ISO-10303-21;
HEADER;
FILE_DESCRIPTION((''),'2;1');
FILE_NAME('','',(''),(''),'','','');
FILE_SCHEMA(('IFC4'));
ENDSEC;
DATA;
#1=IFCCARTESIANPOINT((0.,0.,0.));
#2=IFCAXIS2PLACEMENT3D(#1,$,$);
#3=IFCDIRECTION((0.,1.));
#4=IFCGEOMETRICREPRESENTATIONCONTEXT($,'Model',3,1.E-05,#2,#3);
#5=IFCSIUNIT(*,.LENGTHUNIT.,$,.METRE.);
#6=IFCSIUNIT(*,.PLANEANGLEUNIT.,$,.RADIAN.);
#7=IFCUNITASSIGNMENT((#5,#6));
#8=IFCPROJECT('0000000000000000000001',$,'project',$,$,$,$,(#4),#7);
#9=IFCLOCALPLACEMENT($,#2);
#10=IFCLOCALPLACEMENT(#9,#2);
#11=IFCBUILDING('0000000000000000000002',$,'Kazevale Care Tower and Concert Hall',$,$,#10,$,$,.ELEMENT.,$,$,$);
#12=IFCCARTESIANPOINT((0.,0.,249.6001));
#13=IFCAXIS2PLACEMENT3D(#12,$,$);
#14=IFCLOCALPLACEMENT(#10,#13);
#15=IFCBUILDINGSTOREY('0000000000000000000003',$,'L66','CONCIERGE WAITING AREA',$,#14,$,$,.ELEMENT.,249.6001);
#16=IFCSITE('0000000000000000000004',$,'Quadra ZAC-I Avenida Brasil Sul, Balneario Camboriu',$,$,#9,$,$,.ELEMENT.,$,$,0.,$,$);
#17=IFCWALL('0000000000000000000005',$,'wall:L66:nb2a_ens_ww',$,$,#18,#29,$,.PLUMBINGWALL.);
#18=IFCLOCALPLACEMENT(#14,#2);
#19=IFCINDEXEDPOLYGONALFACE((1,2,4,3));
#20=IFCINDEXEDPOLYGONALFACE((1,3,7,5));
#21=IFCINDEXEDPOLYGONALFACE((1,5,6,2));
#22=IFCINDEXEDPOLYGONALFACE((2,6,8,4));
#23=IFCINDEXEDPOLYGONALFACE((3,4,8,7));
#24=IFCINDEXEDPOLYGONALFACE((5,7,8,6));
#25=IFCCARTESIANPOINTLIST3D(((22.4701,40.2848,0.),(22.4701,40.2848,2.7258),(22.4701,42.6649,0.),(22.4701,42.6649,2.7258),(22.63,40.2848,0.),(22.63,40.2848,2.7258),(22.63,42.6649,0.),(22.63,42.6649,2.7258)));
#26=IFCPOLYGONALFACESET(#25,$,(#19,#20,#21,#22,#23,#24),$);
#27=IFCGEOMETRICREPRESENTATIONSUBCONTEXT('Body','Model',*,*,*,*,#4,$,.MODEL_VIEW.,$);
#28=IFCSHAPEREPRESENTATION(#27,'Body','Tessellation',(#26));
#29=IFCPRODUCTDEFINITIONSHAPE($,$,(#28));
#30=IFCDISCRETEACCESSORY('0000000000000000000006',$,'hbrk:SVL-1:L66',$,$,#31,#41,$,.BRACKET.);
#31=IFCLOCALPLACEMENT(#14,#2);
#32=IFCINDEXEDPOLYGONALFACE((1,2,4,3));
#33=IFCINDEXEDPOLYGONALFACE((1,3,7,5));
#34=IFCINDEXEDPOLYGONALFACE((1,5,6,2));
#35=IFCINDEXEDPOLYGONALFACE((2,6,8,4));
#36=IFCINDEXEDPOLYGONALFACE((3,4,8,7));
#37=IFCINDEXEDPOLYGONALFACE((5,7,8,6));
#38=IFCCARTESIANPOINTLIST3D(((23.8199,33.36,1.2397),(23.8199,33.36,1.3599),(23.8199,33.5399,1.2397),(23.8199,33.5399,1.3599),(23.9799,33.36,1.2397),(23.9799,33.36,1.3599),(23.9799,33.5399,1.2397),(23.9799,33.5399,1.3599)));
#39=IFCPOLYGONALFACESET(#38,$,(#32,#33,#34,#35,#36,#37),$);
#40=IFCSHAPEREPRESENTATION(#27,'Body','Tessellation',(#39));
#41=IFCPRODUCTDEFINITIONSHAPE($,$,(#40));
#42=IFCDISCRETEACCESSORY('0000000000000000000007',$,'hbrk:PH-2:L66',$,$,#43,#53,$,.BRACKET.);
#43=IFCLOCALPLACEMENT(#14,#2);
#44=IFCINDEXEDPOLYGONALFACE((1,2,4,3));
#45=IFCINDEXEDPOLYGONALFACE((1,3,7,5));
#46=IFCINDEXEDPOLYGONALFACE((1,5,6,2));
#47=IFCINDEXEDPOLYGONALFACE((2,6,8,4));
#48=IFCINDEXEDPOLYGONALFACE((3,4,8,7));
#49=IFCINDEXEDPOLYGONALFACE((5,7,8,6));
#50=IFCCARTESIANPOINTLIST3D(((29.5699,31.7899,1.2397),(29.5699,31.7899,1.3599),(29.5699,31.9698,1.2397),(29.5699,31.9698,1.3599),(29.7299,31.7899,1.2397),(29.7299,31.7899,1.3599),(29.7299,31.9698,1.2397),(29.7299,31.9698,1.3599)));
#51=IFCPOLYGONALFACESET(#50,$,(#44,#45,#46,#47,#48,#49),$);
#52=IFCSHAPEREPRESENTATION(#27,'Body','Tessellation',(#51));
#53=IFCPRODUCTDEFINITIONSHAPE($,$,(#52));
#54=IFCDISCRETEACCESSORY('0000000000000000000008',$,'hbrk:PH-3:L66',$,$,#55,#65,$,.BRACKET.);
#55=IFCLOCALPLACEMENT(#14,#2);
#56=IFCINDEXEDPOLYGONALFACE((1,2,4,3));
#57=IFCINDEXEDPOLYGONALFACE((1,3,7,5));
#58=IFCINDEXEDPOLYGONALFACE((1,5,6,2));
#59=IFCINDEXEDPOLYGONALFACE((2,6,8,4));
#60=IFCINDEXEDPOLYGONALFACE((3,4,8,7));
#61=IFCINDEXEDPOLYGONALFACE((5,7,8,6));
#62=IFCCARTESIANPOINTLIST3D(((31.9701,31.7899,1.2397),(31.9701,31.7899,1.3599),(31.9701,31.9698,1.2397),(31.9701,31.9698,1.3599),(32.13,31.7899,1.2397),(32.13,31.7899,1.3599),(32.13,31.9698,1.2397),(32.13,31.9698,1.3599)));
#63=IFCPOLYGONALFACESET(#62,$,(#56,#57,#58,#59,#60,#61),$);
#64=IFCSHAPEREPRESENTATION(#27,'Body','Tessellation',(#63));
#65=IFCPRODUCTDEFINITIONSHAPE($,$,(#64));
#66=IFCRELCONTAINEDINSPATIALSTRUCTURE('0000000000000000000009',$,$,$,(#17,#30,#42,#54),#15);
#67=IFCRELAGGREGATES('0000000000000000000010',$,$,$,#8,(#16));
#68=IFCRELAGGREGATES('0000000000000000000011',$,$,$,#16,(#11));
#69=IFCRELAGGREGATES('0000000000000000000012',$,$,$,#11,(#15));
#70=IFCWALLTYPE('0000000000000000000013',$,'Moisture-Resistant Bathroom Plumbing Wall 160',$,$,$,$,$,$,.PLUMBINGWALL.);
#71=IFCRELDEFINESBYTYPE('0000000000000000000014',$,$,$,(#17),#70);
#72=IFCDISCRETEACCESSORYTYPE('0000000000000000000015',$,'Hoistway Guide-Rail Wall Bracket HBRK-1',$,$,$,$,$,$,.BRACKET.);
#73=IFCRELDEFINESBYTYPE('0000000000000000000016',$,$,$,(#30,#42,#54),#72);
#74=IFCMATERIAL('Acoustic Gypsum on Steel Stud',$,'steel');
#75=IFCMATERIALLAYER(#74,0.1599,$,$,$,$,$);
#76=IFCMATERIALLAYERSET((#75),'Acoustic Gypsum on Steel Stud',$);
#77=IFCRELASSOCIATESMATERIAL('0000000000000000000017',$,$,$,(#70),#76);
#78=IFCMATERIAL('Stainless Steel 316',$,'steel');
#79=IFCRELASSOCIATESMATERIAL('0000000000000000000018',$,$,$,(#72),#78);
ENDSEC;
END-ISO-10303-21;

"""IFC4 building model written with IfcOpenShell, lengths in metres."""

from ifc_helpers import new_model, si_unit, direction, frame, frame_2d, origin, origin_2d, place, context, subcontext, project, spatial, rectangle, extrude, material, layer, layer_set, type_object, element, save


model = new_model("IFC4")

# Units and contexts
model_context = context("Model", 3, precision=1e-05, world=origin(), true_north=direction((0.0, 1.0)))
body_context = subcontext(model_context, "Body", "Model", "MODEL_VIEW")
ifc_project = project(units=[si_unit("LENGTHUNIT", "METRE"), si_unit("PLANEANGLEUNIT", "RADIAN")], contexts=[model_context])

# Site, building, storey
site_placement = place(None, origin())
site = spatial("IfcSite", under=ifc_project, at=site_placement, Name="Quadra ZAC-I Avenida Brasil Sul, Balneario Camboriu", CompositionType="ELEMENT", RefElevation=0.0)
building_placement = place(site_placement, origin())
building = spatial("IfcBuilding", under=site, at=building_placement, Name="Kazevale Care Tower and Concert Hall", CompositionType="ELEMENT")
storey_placement = place(building_placement, frame((0.0, 0.0, 249.6001)))
storey = spatial("IfcBuildingStorey", under=building, at=storey_placement, Name="L66", Description="CONCIERGE WAITING AREA", CompositionType="ELEMENT", Elevation=249.6001)

# Shared definitions
ifc_material_1 = material(Name="Acoustic Gypsum on Steel Stud", Category="steel")

# Shared definitions
ifc_material_2 = material(Name="Stainless Steel 316", Category="steel")

# Wall
ifc_layer_1 = layer(ifc_material_1, 0.1599)
ifc_layer_set_1 = layer_set([ifc_layer_1], Name="Acoustic Gypsum on Steel Stud")
wall_type_1 = type_object("IfcWallType", Name="Moisture-Resistant Bathroom Plumbing Wall 160", PredefinedType="PLUMBINGWALL", material=ifc_layer_set_1)
wall_1_placement = place(storey_placement, frame((22.55, 40.2849, 0.0), z_axis=(0.0, 0.0, 1.0), x_axis=(0.0, 1.0, 0.0)))
element("IfcWall", 1, at=wall_1_placement, inside=storey, type_object=wall_type_1, Name="wall:L66:nb2a_ens_ww", PredefinedType="PLUMBINGWALL", context=body_context, shape_type="SweptSolid", body=[
    extrude(rectangle(XDim=2.3801, YDim=0.1599, at=frame_2d((1.1899, 0.0))), origin(), (0.0, 0.0, 1.0), 2.7258),
])

# Discrete accessories
discrete_accessory_type = type_object("IfcDiscreteAccessoryType", Name="Hoistway Guide-Rail Wall Bracket HBRK-1", PredefinedType="BRACKET", material=ifc_material_2)
for number, where, z_axis, x_axis, name in (
    (2, (23.8999, 33.45, 1.2397), (0.0, 0.0, 1.0), (1.0, 0.0, 0.0), "hbrk:SVL-1:L66"),
    (3, (29.6499, 31.8799, 1.2397), (0.0, 0.0, 1.0), (1.0, 0.0, 0.0), "hbrk:PH-2:L66"),
    (4, (32.05, 31.8799, 1.2397), (0.0, 0.0, 1.0), (1.0, 0.0, 0.0), "hbrk:PH-3:L66"),
):
    element("IfcDiscreteAccessory", number, at=place(storey_placement, frame(where, z_axis=z_axis, x_axis=x_axis)), inside=storey, type_object=discrete_accessory_type, Name=name, PredefinedType="BRACKET", context=body_context, shape_type="SweptSolid", body=[
        extrude(rectangle(XDim=0.1599, YDim=0.1799, at=origin_2d()), origin(), (0.0, 0.0, 1.0), 0.1201),
    ])

save(model, "model.ifc")
